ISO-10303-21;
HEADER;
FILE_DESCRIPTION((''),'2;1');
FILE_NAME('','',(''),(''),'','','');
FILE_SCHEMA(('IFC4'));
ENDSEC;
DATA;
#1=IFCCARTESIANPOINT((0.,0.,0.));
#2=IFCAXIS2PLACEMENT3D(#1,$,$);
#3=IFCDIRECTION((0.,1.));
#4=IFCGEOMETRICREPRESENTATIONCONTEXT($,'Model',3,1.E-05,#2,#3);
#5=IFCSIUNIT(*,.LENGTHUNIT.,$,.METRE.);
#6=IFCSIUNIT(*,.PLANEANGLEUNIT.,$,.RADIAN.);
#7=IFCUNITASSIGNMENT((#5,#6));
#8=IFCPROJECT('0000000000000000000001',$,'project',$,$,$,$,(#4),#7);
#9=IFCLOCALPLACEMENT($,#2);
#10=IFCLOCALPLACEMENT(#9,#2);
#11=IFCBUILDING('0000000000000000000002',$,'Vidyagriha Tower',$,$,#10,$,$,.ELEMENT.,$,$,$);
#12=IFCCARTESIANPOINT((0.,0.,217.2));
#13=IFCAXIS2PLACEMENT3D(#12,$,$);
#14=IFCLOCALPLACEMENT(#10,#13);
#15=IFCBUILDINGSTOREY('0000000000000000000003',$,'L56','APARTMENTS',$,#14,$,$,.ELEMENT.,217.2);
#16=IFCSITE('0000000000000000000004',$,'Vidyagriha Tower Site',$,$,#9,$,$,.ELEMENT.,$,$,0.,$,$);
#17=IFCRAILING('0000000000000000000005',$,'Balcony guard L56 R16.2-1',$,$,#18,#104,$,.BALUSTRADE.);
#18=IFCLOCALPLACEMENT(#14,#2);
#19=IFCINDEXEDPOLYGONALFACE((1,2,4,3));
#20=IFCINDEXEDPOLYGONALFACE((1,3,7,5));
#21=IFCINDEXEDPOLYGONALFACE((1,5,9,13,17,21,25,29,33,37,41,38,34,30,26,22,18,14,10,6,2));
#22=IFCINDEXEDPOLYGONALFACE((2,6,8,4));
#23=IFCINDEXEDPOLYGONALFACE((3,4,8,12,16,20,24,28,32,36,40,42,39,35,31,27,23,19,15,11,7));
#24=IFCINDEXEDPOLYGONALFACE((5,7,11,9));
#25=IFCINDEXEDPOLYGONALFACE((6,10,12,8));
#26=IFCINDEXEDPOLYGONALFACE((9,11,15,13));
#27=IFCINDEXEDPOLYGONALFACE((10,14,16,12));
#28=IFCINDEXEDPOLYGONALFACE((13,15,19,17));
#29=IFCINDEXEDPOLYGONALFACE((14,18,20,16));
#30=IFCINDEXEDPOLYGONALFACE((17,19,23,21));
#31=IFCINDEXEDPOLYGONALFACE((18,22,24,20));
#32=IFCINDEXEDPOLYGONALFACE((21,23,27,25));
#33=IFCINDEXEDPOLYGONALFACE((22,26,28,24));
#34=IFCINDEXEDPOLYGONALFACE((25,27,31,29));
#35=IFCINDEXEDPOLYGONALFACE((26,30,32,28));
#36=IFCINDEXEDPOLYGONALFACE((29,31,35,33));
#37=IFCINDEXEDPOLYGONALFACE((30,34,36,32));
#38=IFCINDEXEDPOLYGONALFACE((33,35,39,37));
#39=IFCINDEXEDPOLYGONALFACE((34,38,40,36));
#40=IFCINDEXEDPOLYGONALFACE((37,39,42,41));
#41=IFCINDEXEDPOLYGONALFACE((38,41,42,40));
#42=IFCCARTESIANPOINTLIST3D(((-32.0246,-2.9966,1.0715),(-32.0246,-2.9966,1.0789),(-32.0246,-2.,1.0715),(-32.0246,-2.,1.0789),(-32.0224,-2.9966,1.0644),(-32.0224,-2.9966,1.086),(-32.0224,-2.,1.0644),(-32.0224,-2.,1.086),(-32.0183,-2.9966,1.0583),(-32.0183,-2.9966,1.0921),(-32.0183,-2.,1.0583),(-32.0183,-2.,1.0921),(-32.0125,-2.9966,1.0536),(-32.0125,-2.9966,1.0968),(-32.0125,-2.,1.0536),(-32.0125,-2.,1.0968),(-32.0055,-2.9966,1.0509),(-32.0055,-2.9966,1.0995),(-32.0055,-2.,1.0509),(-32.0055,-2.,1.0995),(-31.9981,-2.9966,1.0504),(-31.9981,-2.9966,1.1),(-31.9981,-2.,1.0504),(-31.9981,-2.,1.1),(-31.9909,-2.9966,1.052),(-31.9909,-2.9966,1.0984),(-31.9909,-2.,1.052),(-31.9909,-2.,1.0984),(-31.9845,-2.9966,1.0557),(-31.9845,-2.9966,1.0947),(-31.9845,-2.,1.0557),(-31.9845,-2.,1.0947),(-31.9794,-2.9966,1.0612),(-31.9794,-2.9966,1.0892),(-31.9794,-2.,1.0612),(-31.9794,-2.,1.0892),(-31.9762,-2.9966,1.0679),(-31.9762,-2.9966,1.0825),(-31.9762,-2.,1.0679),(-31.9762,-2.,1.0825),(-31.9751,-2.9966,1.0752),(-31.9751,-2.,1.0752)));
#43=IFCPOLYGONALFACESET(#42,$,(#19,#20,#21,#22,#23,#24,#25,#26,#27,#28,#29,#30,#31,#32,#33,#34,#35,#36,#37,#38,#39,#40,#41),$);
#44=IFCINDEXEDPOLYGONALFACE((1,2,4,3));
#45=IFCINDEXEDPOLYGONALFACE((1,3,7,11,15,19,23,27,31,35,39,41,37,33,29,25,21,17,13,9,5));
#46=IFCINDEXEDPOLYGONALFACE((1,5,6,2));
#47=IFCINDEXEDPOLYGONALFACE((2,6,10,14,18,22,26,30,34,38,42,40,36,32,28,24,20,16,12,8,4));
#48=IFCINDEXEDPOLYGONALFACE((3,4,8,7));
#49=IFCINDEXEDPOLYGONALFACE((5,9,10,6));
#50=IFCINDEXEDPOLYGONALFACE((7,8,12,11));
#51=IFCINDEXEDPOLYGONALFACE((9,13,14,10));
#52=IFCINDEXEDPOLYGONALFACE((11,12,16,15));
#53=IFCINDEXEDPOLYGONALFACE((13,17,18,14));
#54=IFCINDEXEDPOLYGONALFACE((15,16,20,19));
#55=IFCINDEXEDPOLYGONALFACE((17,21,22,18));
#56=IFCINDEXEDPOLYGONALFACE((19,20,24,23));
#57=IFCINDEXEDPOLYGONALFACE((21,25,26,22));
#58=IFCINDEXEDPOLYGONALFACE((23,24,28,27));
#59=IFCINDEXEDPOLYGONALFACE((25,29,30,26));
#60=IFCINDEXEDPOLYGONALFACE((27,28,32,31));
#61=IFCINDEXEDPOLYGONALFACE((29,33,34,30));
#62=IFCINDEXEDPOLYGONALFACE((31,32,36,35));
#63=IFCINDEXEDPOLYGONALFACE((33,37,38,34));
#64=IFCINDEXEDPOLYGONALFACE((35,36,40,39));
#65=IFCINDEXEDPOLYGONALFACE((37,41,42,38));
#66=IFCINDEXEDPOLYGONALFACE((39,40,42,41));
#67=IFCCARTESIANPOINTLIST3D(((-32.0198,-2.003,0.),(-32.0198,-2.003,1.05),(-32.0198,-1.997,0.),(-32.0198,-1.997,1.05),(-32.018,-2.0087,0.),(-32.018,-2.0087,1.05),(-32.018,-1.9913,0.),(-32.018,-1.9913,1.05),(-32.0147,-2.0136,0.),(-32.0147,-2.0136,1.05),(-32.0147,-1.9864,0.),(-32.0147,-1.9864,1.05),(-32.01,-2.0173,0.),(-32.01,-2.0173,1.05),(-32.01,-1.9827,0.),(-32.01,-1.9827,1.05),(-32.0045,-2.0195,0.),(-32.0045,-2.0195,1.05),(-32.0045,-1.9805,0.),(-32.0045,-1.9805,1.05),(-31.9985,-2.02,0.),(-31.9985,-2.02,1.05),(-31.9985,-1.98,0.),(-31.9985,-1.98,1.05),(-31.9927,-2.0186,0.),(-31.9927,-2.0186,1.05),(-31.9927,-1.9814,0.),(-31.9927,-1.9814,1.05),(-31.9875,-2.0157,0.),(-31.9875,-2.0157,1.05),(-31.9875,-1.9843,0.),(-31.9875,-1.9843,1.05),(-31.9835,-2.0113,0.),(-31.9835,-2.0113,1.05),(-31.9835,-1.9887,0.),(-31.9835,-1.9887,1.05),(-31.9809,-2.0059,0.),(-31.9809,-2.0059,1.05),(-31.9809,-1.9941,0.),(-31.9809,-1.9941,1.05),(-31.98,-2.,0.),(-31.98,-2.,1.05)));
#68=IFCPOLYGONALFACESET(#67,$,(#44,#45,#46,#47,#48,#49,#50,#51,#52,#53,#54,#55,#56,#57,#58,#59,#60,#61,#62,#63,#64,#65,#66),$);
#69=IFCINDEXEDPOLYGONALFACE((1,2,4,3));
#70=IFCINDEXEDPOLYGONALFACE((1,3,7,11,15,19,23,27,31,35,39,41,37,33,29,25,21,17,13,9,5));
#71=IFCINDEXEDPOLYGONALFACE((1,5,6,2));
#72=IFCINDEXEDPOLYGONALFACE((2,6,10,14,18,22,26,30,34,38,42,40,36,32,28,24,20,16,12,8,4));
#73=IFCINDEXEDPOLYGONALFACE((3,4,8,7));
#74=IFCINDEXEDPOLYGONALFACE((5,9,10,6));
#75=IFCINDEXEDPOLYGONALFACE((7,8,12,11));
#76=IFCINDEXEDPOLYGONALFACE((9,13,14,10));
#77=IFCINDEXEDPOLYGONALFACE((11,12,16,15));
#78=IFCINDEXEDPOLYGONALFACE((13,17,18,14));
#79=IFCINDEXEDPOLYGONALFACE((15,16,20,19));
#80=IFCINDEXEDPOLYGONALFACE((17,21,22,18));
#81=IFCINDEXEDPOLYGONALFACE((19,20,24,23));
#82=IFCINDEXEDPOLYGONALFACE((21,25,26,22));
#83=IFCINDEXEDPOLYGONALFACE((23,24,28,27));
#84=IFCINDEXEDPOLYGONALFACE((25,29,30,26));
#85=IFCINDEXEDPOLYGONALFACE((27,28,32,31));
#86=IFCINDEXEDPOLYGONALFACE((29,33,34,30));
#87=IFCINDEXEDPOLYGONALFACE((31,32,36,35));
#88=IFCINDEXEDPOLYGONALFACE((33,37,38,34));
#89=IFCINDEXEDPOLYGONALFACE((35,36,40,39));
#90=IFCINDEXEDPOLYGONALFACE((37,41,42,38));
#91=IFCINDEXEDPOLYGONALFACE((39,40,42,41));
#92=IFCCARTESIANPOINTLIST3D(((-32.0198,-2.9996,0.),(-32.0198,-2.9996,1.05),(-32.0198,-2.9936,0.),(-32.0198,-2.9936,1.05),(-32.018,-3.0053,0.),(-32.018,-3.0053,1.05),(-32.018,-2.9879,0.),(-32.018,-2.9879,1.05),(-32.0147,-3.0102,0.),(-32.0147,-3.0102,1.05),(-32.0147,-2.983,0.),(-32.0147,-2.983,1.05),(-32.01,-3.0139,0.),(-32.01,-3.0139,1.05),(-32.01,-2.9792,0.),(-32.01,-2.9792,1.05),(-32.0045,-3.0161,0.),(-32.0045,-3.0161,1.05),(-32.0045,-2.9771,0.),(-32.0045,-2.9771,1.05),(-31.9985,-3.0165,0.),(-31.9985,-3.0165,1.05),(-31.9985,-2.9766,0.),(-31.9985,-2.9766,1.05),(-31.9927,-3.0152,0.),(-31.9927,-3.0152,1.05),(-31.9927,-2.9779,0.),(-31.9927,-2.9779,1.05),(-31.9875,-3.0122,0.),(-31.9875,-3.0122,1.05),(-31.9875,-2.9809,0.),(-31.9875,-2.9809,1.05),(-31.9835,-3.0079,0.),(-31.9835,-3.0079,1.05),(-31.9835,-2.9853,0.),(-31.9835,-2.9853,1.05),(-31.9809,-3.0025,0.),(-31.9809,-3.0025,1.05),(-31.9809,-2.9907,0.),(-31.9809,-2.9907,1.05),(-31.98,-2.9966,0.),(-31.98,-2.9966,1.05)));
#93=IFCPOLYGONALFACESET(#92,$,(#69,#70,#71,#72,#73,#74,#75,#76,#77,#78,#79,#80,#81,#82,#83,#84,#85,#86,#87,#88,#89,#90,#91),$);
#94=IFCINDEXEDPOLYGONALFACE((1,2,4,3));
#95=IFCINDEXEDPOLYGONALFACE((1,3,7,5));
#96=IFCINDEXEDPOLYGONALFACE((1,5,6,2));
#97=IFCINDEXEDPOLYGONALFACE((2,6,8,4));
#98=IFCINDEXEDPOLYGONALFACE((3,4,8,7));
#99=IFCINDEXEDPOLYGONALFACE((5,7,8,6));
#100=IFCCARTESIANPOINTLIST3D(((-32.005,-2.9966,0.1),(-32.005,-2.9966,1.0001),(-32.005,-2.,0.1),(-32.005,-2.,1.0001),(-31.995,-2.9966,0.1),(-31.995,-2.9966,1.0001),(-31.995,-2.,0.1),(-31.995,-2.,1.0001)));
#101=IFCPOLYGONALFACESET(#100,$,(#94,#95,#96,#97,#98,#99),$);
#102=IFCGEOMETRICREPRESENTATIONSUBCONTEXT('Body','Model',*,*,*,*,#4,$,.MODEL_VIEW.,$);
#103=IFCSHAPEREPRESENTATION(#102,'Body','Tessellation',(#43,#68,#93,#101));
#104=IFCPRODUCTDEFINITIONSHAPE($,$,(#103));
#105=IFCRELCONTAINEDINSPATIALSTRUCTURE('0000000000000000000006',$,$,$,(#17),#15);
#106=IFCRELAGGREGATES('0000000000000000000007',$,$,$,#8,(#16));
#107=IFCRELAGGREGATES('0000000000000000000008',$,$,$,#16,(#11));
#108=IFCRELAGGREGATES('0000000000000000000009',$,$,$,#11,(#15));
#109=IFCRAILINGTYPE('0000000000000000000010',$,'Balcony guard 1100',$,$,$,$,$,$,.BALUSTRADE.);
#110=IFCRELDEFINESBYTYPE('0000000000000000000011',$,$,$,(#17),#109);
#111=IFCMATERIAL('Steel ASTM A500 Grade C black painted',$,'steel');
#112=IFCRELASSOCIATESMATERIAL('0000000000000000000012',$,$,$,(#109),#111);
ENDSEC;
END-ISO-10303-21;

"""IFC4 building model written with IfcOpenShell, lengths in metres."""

from ifc_helpers import new_model, si_unit, direction, frame, origin, origin_2d, place, context, subcontext, project, spatial, rectangle, circle, extrude, material, type_object, element, save


model = new_model("IFC4")

# Units and contexts
model_context = context("Model", 3, precision=1e-05, world=origin(), true_north=direction((0.0, 1.0)))
body_context = subcontext(model_context, "Body", "Model", "MODEL_VIEW")
ifc_project = project(units=[si_unit("LENGTHUNIT", "METRE"), si_unit("PLANEANGLEUNIT", "RADIAN")], contexts=[model_context])

# Site, building, storey
site_placement = place(None, origin())
site = spatial("IfcSite", under=ifc_project, at=site_placement, Name="Vidyagriha Tower Site", CompositionType="ELEMENT", RefElevation=0.0)
building_placement = place(site_placement, origin())
building = spatial("IfcBuilding", under=site, at=building_placement, Name="Vidyagriha Tower", CompositionType="ELEMENT")
storey_placement = place(building_placement, frame((0.0, 0.0, 217.2)))
storey = spatial("IfcBuildingStorey", under=building, at=storey_placement, Name="L56", Description="APARTMENTS", CompositionType="ELEMENT", Elevation=217.2)

# Railing
ifc_material_1 = material(Name="Steel ASTM A500 Grade C black painted", Category="steel")
railing_type_1 = type_object("IfcRailingType", Name="Balcony guard 1100", PredefinedType="BALUSTRADE", material=ifc_material_1)
railing_1_placement = place(storey_placement, frame((-32.0, -2.0, 0.0)))
element("IfcRailing", 1, at=railing_1_placement, inside=storey, type_object=railing_type_1, Name="Balcony guard L56 R16.2-1", PredefinedType="BALUSTRADE", context=body_context, shape_type="SweptSolid", body=[
    extrude(circle(Radius=0.0249, at=origin_2d()), frame((0.0, 0.0, 1.0752), z_axis=(0.0, -1.0, 0.0), x_axis=(1.0, 0.0, 0.0)), (0.0, 0.0, 1.0), 0.9966),
    extrude(circle(Radius=0.02, at=origin_2d()), origin(), (0.0, 0.0, 1.0), 1.05),
    extrude(circle(Radius=0.02, at=origin_2d()), frame((0.0, -0.9966, 0.0)), (0.0, 0.0, 1.0), 1.05),
    extrude(rectangle(XDim=0.01, YDim=0.9001, at=origin_2d()), frame((0.0, 0.0, 0.55), z_axis=(0.0, -1.0, 0.0), x_axis=(1.0, 0.0, 0.0)), (0.0, 0.0, 1.0), 0.9966),
])

save(model, "model.ifc")
